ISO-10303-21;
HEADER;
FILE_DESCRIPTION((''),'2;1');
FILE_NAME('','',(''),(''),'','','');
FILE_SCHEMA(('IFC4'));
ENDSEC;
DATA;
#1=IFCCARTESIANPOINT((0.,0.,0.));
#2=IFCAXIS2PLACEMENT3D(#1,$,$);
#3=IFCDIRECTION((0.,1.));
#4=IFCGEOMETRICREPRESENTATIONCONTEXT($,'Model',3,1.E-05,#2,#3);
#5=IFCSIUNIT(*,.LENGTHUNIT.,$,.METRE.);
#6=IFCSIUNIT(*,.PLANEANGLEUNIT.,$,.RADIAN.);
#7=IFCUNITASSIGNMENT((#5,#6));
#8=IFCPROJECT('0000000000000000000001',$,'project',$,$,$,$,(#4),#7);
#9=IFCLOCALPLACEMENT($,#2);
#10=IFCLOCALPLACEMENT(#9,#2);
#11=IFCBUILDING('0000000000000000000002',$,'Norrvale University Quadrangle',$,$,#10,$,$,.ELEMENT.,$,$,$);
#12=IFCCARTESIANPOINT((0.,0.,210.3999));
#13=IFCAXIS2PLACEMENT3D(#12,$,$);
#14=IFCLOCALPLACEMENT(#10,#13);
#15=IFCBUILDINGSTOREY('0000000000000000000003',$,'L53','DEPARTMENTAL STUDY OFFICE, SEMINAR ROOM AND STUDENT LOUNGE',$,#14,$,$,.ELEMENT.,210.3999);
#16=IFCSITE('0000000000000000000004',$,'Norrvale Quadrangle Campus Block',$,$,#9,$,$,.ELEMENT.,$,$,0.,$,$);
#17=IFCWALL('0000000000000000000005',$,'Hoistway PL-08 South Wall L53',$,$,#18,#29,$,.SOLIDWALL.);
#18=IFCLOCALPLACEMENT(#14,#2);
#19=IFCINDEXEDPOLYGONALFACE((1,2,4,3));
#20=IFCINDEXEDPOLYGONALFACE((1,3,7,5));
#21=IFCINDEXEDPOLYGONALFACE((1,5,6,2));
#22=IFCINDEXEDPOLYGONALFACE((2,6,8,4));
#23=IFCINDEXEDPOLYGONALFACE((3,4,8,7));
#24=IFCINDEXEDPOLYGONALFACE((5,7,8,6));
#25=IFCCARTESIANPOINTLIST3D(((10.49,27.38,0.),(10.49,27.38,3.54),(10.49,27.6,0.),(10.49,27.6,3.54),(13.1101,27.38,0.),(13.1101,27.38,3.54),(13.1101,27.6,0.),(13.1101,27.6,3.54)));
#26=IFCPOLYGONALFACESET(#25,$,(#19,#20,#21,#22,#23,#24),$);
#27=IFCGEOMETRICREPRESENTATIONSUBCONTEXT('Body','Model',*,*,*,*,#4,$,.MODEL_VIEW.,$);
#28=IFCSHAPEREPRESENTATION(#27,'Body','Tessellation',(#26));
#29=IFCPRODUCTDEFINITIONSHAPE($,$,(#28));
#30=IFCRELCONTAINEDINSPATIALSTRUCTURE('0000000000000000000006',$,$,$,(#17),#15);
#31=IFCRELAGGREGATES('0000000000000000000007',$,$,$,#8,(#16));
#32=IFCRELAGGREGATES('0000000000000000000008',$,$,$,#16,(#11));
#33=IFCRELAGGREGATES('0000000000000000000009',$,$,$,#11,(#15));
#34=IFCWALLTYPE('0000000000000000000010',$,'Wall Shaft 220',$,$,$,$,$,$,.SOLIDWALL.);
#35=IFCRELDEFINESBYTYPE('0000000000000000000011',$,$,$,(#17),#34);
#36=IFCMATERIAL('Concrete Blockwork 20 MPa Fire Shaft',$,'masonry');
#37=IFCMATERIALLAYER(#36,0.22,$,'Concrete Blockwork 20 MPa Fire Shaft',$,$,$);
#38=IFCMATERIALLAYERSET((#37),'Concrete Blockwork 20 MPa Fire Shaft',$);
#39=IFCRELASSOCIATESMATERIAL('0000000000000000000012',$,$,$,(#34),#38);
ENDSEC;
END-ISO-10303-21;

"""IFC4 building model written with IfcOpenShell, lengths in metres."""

from ifc_helpers import new_model, si_unit, direction, frame, frame_2d, origin, place, context, subcontext, project, spatial, rectangle, extrude, material, layer, layer_set, type_object, element, save


model = new_model("IFC4")

# Units and contexts
model_context = context("Model", 3, precision=1e-05, world=origin(), true_north=direction((0.0, 1.0)))
body_context = subcontext(model_context, "Body", "Model", "MODEL_VIEW")
ifc_project = project(units=[si_unit("LENGTHUNIT", "METRE"), si_unit("PLANEANGLEUNIT", "RADIAN")], contexts=[model_context])

# Site, building, storey
site_placement = place(None, origin())
site = spatial("IfcSite", under=ifc_project, at=site_placement, Name="Norrvale Quadrangle Campus Block", CompositionType="ELEMENT", RefElevation=0.0)
building_placement = place(site_placement, origin())
building = spatial("IfcBuilding", under=site, at=building_placement, Name="Norrvale University Quadrangle", CompositionType="ELEMENT")
storey_placement = place(building_placement, frame((0.0, 0.0, 210.3999)))
storey = spatial("IfcBuildingStorey", under=building, at=storey_placement, Name="L53", Description="DEPARTMENTAL STUDY OFFICE, SEMINAR ROOM AND STUDENT LOUNGE", CompositionType="ELEMENT", Elevation=210.3999)

# Shared definitions
ifc_material_1 = material(Name="Concrete Blockwork 20 MPa Fire Shaft", Category="masonry")
ifc_layer_1 = layer(ifc_material_1, 0.22, Name="Concrete Blockwork 20 MPa Fire Shaft")
ifc_layer_set_1 = layer_set([ifc_layer_1], Name="Concrete Blockwork 20 MPa Fire Shaft")
wall_type_1 = type_object("IfcWallType", Name="Wall Shaft 220", PredefinedType="SOLIDWALL", material=ifc_layer_set_1)

# Wall
wall_1_placement = place(storey_placement, frame((10.49, 27.49, 0.0), z_axis=(0.0, 0.0, 1.0), x_axis=(1.0, 0.0, 0.0)))
element("IfcWall", 1, at=wall_1_placement, inside=storey, type_object=wall_type_1, Name="Hoistway PL-08 South Wall L53", PredefinedType="SOLIDWALL", context=body_context, shape_type="SweptSolid", body=[
    extrude(rectangle(XDim=2.6201, YDim=0.22, at=frame_2d((1.3101, 0.0))), origin(), (0.0, 0.0, 1.0), 3.54),
])

save(model, "model.ifc")
